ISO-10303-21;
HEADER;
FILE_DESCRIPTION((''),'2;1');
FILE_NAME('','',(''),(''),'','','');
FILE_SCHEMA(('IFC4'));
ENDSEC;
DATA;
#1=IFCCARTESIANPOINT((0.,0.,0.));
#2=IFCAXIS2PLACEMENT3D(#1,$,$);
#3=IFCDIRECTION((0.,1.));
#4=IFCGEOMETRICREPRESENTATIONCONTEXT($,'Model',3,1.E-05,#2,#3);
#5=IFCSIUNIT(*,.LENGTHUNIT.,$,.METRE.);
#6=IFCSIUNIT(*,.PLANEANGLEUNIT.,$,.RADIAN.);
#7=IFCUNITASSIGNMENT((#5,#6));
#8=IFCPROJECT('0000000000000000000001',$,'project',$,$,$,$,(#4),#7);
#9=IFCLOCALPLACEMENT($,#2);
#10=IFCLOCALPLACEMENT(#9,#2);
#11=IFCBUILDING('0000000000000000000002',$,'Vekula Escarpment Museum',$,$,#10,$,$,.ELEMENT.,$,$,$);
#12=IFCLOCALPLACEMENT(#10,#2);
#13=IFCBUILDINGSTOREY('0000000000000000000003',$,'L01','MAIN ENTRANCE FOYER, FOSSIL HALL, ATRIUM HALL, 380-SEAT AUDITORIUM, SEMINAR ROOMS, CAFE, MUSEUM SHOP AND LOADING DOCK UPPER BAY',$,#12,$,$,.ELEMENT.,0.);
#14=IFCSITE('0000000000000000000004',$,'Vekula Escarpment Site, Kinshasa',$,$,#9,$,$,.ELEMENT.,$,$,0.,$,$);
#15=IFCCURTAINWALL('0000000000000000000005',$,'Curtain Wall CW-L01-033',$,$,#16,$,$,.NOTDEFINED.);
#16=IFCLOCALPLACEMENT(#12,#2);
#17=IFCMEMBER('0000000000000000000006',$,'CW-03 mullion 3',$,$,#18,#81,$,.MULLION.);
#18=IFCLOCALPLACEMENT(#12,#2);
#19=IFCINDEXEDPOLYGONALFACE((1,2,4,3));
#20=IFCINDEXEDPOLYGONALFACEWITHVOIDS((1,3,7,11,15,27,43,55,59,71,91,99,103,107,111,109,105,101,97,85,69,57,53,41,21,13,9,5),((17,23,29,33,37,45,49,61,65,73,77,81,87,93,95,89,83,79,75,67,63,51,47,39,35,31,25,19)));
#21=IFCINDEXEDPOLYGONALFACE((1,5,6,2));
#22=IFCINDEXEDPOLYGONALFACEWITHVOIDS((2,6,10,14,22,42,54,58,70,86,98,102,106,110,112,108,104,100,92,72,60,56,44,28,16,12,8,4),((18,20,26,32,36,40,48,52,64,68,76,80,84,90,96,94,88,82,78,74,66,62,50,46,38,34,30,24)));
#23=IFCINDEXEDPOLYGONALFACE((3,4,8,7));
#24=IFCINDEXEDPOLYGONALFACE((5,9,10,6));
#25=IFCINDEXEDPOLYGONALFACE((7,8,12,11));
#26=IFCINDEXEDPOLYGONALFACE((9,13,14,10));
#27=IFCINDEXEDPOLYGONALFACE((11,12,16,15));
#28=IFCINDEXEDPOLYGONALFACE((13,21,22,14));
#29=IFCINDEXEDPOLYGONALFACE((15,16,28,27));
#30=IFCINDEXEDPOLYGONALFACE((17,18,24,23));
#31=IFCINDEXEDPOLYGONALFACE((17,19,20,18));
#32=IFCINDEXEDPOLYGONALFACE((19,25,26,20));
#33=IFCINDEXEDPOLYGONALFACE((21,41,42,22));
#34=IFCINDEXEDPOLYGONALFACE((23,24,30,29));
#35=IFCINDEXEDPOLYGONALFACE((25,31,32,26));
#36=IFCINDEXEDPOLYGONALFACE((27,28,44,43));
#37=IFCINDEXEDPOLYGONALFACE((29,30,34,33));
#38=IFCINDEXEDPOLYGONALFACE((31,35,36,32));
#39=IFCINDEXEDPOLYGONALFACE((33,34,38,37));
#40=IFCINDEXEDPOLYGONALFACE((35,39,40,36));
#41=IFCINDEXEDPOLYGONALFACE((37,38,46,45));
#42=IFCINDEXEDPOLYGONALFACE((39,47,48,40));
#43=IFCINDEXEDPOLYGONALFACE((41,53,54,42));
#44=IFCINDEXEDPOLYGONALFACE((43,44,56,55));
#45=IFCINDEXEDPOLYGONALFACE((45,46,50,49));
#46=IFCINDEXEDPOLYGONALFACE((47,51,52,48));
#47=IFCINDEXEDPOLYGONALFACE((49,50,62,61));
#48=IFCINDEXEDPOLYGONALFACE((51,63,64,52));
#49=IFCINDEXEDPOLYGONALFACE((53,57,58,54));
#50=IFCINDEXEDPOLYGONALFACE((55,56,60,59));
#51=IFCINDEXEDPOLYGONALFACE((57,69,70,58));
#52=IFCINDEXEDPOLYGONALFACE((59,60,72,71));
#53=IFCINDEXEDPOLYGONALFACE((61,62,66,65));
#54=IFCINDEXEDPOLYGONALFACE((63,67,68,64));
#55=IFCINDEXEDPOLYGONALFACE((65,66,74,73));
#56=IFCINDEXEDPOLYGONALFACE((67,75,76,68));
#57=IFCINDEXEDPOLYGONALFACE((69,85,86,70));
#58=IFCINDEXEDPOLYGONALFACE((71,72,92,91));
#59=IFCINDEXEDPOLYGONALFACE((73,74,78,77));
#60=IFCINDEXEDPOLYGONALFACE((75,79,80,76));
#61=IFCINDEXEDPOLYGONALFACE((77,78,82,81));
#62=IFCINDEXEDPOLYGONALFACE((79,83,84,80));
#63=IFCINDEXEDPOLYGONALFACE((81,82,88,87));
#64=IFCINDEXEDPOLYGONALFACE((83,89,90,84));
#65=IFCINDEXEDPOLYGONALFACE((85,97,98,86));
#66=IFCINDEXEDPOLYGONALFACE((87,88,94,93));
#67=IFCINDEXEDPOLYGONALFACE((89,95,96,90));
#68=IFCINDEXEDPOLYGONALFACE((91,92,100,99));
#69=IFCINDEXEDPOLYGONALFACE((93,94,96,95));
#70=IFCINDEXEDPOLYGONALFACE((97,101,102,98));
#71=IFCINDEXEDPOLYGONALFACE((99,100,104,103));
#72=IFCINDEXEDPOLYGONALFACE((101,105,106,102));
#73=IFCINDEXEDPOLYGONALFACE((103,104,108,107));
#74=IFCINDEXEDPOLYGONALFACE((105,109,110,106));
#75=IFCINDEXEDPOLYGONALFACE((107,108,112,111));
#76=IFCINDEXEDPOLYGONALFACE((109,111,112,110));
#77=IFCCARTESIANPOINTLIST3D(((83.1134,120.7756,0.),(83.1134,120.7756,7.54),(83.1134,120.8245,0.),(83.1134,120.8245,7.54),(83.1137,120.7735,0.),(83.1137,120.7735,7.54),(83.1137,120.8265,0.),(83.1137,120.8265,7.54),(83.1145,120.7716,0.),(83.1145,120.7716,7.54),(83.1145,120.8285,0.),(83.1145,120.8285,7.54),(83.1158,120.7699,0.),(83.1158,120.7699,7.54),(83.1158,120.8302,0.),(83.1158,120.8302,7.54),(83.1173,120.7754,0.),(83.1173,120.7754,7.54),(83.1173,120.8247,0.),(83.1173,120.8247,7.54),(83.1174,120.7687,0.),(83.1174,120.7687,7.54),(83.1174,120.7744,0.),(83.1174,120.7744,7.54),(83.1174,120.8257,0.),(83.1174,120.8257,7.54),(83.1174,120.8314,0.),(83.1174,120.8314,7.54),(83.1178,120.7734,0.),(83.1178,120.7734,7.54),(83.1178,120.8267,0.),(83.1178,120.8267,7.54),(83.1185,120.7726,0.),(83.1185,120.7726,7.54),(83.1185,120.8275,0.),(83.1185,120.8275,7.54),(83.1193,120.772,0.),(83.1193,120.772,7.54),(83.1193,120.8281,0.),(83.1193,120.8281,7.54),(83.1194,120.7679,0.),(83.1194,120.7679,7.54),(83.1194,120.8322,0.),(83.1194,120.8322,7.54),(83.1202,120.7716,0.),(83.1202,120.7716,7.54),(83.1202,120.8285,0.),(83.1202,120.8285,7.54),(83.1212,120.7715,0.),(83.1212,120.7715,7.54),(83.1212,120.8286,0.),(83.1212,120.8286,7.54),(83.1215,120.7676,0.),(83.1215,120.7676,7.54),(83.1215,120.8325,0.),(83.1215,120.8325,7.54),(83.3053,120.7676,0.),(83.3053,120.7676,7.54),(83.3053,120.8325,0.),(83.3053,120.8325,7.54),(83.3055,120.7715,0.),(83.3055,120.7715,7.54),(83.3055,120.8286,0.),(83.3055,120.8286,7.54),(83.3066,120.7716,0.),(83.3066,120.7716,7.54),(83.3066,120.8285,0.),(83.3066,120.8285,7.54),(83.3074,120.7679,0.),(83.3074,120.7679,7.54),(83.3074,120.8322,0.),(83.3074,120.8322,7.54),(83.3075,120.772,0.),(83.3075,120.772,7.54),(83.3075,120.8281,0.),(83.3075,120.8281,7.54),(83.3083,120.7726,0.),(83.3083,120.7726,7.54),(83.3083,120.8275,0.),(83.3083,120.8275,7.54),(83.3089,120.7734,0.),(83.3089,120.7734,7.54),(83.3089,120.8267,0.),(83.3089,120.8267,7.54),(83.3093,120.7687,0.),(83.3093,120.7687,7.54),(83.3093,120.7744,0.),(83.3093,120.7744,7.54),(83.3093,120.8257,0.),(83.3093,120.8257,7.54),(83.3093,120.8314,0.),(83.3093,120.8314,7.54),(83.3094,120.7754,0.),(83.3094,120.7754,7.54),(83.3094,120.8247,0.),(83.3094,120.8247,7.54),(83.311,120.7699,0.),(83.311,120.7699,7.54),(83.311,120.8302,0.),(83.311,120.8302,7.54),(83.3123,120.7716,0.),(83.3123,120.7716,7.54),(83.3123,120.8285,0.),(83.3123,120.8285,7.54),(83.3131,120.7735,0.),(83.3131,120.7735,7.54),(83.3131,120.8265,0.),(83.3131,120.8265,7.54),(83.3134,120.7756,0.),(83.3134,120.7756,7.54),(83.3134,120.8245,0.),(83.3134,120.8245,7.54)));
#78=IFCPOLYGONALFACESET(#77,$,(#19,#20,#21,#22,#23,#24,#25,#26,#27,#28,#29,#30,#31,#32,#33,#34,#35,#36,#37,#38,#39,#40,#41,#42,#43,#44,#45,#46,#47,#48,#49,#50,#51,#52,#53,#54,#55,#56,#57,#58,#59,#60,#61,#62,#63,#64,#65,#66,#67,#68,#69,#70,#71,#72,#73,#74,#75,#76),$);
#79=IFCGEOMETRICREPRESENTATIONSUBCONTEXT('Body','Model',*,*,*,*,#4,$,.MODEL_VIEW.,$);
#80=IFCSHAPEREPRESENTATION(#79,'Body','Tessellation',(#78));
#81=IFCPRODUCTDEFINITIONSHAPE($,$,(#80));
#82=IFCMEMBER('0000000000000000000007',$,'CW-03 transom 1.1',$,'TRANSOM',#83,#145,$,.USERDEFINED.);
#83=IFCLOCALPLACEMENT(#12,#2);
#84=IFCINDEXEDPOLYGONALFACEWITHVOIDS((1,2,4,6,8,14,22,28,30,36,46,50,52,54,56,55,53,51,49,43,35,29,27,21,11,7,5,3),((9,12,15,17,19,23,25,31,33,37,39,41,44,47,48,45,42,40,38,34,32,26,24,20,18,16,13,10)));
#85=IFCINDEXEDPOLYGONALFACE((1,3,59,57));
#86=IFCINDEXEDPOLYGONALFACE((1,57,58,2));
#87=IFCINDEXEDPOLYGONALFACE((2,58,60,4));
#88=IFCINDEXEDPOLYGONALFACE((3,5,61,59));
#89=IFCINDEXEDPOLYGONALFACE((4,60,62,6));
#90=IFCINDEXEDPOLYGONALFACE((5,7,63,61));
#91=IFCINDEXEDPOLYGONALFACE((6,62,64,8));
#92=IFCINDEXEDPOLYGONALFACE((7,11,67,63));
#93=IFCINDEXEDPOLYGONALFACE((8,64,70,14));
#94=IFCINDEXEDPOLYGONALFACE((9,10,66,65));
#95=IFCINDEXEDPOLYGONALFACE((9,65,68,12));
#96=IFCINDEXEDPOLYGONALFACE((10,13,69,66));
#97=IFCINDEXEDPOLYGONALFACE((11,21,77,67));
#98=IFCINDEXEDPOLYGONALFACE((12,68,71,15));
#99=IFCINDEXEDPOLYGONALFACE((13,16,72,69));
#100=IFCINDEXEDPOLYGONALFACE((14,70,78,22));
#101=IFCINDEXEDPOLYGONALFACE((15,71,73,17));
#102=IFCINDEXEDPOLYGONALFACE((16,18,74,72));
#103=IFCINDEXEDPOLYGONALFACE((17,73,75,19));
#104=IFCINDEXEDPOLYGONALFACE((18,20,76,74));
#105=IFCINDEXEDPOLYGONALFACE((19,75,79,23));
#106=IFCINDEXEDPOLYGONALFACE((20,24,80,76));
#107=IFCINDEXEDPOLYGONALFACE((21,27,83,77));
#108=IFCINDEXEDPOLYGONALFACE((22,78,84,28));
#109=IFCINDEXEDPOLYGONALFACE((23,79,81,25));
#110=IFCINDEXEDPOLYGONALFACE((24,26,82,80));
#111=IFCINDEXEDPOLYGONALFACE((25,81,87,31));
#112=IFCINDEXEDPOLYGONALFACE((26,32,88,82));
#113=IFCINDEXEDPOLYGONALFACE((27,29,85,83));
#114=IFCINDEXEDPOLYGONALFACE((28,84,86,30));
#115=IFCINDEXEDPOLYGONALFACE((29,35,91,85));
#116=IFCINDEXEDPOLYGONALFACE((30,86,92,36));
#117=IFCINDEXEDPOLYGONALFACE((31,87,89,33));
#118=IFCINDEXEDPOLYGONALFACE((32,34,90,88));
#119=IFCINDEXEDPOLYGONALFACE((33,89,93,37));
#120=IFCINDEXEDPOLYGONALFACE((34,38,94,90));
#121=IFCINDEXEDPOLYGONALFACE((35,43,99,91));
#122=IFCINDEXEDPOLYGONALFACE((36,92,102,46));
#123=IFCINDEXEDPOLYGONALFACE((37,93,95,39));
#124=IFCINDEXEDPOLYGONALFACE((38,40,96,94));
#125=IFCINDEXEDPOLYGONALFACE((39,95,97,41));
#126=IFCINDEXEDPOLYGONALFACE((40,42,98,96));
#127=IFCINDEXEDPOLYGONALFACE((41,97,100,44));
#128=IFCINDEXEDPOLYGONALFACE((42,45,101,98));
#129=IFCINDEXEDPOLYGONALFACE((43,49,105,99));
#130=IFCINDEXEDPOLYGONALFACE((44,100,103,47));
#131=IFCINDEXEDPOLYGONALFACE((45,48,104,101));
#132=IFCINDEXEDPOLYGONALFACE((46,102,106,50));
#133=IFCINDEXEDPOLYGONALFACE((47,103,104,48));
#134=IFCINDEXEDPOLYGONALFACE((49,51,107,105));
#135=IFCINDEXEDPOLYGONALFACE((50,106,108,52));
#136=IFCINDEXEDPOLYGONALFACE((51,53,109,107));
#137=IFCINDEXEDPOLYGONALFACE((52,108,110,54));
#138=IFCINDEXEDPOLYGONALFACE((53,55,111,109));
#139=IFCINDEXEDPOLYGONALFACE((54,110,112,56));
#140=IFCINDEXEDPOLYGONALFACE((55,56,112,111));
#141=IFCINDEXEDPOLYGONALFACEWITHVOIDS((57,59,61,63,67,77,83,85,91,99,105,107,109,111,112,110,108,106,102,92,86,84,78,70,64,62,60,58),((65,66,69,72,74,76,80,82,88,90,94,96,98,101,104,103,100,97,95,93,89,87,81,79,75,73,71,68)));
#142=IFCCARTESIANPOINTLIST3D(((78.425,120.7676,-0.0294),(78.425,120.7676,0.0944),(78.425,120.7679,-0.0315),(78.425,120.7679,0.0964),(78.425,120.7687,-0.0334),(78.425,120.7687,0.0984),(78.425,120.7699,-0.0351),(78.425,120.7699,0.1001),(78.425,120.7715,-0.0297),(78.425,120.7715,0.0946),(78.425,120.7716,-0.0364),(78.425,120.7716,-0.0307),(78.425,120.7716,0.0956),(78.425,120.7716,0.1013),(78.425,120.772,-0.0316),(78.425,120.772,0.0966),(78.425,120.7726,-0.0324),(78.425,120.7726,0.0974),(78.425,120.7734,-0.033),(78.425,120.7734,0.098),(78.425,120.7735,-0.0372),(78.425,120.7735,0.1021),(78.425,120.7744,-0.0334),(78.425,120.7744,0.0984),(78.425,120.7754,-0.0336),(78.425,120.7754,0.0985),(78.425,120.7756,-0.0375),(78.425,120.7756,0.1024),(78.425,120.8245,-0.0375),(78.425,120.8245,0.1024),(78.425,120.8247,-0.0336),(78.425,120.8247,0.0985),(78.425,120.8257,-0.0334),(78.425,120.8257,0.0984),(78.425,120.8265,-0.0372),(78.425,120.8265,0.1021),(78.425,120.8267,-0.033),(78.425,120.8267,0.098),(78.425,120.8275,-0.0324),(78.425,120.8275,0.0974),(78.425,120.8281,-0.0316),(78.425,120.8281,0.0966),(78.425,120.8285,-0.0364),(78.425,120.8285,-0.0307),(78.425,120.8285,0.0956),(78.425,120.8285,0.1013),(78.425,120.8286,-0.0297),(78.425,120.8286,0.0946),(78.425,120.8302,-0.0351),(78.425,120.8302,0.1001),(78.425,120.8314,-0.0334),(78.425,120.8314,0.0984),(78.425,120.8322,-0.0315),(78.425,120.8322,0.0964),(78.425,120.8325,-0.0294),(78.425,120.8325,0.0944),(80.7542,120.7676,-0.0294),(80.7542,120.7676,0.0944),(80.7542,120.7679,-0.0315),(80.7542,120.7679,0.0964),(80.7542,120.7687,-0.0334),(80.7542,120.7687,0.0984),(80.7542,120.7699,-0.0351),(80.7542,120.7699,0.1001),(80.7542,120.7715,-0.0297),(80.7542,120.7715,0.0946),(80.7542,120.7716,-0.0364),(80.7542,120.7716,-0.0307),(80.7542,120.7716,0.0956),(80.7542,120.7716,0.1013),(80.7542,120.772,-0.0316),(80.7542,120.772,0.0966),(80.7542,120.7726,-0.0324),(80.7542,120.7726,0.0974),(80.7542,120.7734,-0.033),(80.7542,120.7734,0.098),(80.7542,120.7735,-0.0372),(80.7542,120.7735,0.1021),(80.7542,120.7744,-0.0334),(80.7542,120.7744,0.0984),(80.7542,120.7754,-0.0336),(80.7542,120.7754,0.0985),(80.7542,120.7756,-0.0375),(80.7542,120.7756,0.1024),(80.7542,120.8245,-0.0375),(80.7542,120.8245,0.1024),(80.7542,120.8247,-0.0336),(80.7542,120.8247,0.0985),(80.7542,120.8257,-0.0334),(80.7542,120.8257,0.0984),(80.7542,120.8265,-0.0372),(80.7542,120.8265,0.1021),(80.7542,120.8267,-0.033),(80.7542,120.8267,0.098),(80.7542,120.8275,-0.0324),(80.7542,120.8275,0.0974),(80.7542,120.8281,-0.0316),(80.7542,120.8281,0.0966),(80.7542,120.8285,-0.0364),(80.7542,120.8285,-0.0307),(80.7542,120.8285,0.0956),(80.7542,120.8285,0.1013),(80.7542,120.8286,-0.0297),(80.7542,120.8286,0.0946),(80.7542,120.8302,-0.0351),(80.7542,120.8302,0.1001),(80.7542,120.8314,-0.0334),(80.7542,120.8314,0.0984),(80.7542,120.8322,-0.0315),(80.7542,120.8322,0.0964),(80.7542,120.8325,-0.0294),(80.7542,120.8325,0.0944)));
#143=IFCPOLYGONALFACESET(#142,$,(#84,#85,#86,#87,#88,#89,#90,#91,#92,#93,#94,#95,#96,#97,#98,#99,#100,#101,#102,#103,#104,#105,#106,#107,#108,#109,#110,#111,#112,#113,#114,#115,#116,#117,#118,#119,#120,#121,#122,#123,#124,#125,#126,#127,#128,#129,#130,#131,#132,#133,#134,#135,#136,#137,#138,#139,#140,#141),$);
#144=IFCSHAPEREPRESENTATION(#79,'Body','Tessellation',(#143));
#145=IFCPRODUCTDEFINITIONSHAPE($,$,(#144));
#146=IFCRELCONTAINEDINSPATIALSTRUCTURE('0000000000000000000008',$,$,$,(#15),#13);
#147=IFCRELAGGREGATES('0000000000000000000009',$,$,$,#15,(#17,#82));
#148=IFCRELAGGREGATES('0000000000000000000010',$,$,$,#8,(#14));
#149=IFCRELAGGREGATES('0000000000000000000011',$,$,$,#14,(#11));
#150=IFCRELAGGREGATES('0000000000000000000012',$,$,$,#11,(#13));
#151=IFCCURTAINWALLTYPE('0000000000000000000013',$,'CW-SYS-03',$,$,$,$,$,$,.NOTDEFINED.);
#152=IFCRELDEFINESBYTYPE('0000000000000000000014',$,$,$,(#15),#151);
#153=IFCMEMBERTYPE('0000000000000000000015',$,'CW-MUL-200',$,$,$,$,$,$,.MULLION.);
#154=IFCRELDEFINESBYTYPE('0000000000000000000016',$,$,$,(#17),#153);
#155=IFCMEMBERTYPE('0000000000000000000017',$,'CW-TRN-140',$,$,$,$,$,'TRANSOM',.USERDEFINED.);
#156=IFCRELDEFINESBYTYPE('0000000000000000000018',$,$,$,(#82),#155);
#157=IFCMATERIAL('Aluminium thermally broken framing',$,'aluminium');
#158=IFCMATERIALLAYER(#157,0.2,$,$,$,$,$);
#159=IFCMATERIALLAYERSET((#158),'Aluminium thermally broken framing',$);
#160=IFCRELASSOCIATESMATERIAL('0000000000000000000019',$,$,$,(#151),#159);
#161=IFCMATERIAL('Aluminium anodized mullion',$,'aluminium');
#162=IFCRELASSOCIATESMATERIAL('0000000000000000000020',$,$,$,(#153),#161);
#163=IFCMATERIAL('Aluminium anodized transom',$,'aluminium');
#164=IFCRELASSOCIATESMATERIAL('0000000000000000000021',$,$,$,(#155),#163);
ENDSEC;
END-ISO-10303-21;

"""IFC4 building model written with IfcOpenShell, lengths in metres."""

from ifc_helpers import new_model, si_unit, direction, frame, origin, origin_2d, place, context, subcontext, project, spatial, hollow_rectangle, extrude, material, layer, layer_set, material_profile, profile_set, type_object, element, aggregate, save


model = new_model("IFC4")

# Units and contexts
model_context = context("Model", 3, precision=1e-05, world=origin(), true_north=direction((0.0, 1.0)))
body_context = subcontext(model_context, "Body", "Model", "MODEL_VIEW")
ifc_project = project(units=[si_unit("LENGTHUNIT", "METRE"), si_unit("PLANEANGLEUNIT", "RADIAN")], contexts=[model_context])

# Site, building, storey
site_placement = place(None, origin())
site = spatial("IfcSite", under=ifc_project, at=site_placement, Name="Vekula Escarpment Site, Kinshasa", CompositionType="ELEMENT", RefElevation=0.0)
building_placement = place(site_placement, origin())
building = spatial("IfcBuilding", under=site, at=building_placement, Name="Vekula Escarpment Museum", CompositionType="ELEMENT")
storey_placement = place(building_placement, origin())
storey = spatial("IfcBuildingStorey", under=building, at=storey_placement, Name="L01", Description="MAIN ENTRANCE FOYER, FOSSIL HALL, ATRIUM HALL, 380-SEAT AUDITORIUM, SEMINAR ROOMS, CAFE, MUSEUM SHOP AND LOADING DOCK UPPER BAY", CompositionType="ELEMENT", Elevation=0.0)

# Curtain wall, members
ifc_material_1 = material(Name="Aluminium thermally broken framing", Category="aluminium")
ifc_layer_1 = layer(ifc_material_1, 0.2)
ifc_layer_set_1 = layer_set([ifc_layer_1], Name="Aluminium thermally broken framing")
curtain_wall_type = type_object("IfcCurtainWallType", Name="CW-SYS-03", PredefinedType="NOTDEFINED", material=ifc_layer_set_1)
curtain_wall_placement = place(storey_placement, origin())
curtain_wall = element("IfcCurtainWall", 1, at=curtain_wall_placement, inside=storey, type_object=curtain_wall_type, Name="Curtain Wall CW-L01-033", PredefinedType="NOTDEFINED")
ifc_material_2 = material(Name="Aluminium anodized mullion", Category="aluminium")
ifc_material_profile_1 = material_profile(ifc_material_2, hollow_rectangle(XDim=0.0649, YDim=0.2, WallThickness=0.0039, InnerFilletRadius=0.0039, OuterFilletRadius=0.0081, at=origin_2d()), Name="ALU 200x65x4")
ifc_profile_set_1 = profile_set([ifc_material_profile_1], Name="Aluminium anodized mullion")
member_type_1 = type_object("IfcMemberType", Name="CW-MUL-200", PredefinedType="MULLION", material=ifc_profile_set_1)
member_1_placement = place(storey_placement, frame((83.2134, 120.8, 0.0), z_axis=(0.0, 0.0, 1.0), x_axis=(0.0, 1.0, 0.0)))
member_1 = element("IfcMember", 2, at=member_1_placement, type_object=member_type_1, Name="CW-03 mullion 3", PredefinedType="MULLION", context=body_context, shape_type="SweptSolid", body=[
    extrude(hollow_rectangle(XDim=0.0649, YDim=0.2, WallThickness=0.0039, InnerFilletRadius=0.0039, OuterFilletRadius=0.0081, at=origin_2d()), origin(), (0.0, 0.0, 1.0), 7.54),
])
ifc_material_3 = material(Name="Aluminium anodized transom", Category="aluminium")
ifc_material_profile_2 = material_profile(ifc_material_3, hollow_rectangle(XDim=0.0649, YDim=0.1399, WallThickness=0.0039, InnerFilletRadius=0.0039, OuterFilletRadius=0.0081, at=origin_2d()), Name="ALU 140x65x4")
ifc_profile_set_2 = profile_set([ifc_material_profile_2], Name="Aluminium anodized transom")
member_type_2 = type_object("IfcMemberType", Name="CW-TRN-140", ElementType="TRANSOM", PredefinedType="USERDEFINED", material=ifc_profile_set_2)
member_2_placement = place(storey_placement, frame((78.425, 120.8, 0.0325), z_axis=(1.0, 0.0, 0.0), x_axis=(0.0, 1.0, 0.0)))
member_2 = element("IfcMember", 3, at=member_2_placement, type_object=member_type_2, Name="CW-03 transom 1.1", ObjectType="TRANSOM", PredefinedType="USERDEFINED", context=body_context, shape_type="SweptSolid", body=[
    extrude(hollow_rectangle(XDim=0.0649, YDim=0.1399, WallThickness=0.0039, InnerFilletRadius=0.0039, OuterFilletRadius=0.0081, at=origin_2d()), origin(), (0.0, 0.0, 1.0), 2.3291),
])
aggregate(curtain_wall, [member_1, member_2])

save(model, "model.ifc")
